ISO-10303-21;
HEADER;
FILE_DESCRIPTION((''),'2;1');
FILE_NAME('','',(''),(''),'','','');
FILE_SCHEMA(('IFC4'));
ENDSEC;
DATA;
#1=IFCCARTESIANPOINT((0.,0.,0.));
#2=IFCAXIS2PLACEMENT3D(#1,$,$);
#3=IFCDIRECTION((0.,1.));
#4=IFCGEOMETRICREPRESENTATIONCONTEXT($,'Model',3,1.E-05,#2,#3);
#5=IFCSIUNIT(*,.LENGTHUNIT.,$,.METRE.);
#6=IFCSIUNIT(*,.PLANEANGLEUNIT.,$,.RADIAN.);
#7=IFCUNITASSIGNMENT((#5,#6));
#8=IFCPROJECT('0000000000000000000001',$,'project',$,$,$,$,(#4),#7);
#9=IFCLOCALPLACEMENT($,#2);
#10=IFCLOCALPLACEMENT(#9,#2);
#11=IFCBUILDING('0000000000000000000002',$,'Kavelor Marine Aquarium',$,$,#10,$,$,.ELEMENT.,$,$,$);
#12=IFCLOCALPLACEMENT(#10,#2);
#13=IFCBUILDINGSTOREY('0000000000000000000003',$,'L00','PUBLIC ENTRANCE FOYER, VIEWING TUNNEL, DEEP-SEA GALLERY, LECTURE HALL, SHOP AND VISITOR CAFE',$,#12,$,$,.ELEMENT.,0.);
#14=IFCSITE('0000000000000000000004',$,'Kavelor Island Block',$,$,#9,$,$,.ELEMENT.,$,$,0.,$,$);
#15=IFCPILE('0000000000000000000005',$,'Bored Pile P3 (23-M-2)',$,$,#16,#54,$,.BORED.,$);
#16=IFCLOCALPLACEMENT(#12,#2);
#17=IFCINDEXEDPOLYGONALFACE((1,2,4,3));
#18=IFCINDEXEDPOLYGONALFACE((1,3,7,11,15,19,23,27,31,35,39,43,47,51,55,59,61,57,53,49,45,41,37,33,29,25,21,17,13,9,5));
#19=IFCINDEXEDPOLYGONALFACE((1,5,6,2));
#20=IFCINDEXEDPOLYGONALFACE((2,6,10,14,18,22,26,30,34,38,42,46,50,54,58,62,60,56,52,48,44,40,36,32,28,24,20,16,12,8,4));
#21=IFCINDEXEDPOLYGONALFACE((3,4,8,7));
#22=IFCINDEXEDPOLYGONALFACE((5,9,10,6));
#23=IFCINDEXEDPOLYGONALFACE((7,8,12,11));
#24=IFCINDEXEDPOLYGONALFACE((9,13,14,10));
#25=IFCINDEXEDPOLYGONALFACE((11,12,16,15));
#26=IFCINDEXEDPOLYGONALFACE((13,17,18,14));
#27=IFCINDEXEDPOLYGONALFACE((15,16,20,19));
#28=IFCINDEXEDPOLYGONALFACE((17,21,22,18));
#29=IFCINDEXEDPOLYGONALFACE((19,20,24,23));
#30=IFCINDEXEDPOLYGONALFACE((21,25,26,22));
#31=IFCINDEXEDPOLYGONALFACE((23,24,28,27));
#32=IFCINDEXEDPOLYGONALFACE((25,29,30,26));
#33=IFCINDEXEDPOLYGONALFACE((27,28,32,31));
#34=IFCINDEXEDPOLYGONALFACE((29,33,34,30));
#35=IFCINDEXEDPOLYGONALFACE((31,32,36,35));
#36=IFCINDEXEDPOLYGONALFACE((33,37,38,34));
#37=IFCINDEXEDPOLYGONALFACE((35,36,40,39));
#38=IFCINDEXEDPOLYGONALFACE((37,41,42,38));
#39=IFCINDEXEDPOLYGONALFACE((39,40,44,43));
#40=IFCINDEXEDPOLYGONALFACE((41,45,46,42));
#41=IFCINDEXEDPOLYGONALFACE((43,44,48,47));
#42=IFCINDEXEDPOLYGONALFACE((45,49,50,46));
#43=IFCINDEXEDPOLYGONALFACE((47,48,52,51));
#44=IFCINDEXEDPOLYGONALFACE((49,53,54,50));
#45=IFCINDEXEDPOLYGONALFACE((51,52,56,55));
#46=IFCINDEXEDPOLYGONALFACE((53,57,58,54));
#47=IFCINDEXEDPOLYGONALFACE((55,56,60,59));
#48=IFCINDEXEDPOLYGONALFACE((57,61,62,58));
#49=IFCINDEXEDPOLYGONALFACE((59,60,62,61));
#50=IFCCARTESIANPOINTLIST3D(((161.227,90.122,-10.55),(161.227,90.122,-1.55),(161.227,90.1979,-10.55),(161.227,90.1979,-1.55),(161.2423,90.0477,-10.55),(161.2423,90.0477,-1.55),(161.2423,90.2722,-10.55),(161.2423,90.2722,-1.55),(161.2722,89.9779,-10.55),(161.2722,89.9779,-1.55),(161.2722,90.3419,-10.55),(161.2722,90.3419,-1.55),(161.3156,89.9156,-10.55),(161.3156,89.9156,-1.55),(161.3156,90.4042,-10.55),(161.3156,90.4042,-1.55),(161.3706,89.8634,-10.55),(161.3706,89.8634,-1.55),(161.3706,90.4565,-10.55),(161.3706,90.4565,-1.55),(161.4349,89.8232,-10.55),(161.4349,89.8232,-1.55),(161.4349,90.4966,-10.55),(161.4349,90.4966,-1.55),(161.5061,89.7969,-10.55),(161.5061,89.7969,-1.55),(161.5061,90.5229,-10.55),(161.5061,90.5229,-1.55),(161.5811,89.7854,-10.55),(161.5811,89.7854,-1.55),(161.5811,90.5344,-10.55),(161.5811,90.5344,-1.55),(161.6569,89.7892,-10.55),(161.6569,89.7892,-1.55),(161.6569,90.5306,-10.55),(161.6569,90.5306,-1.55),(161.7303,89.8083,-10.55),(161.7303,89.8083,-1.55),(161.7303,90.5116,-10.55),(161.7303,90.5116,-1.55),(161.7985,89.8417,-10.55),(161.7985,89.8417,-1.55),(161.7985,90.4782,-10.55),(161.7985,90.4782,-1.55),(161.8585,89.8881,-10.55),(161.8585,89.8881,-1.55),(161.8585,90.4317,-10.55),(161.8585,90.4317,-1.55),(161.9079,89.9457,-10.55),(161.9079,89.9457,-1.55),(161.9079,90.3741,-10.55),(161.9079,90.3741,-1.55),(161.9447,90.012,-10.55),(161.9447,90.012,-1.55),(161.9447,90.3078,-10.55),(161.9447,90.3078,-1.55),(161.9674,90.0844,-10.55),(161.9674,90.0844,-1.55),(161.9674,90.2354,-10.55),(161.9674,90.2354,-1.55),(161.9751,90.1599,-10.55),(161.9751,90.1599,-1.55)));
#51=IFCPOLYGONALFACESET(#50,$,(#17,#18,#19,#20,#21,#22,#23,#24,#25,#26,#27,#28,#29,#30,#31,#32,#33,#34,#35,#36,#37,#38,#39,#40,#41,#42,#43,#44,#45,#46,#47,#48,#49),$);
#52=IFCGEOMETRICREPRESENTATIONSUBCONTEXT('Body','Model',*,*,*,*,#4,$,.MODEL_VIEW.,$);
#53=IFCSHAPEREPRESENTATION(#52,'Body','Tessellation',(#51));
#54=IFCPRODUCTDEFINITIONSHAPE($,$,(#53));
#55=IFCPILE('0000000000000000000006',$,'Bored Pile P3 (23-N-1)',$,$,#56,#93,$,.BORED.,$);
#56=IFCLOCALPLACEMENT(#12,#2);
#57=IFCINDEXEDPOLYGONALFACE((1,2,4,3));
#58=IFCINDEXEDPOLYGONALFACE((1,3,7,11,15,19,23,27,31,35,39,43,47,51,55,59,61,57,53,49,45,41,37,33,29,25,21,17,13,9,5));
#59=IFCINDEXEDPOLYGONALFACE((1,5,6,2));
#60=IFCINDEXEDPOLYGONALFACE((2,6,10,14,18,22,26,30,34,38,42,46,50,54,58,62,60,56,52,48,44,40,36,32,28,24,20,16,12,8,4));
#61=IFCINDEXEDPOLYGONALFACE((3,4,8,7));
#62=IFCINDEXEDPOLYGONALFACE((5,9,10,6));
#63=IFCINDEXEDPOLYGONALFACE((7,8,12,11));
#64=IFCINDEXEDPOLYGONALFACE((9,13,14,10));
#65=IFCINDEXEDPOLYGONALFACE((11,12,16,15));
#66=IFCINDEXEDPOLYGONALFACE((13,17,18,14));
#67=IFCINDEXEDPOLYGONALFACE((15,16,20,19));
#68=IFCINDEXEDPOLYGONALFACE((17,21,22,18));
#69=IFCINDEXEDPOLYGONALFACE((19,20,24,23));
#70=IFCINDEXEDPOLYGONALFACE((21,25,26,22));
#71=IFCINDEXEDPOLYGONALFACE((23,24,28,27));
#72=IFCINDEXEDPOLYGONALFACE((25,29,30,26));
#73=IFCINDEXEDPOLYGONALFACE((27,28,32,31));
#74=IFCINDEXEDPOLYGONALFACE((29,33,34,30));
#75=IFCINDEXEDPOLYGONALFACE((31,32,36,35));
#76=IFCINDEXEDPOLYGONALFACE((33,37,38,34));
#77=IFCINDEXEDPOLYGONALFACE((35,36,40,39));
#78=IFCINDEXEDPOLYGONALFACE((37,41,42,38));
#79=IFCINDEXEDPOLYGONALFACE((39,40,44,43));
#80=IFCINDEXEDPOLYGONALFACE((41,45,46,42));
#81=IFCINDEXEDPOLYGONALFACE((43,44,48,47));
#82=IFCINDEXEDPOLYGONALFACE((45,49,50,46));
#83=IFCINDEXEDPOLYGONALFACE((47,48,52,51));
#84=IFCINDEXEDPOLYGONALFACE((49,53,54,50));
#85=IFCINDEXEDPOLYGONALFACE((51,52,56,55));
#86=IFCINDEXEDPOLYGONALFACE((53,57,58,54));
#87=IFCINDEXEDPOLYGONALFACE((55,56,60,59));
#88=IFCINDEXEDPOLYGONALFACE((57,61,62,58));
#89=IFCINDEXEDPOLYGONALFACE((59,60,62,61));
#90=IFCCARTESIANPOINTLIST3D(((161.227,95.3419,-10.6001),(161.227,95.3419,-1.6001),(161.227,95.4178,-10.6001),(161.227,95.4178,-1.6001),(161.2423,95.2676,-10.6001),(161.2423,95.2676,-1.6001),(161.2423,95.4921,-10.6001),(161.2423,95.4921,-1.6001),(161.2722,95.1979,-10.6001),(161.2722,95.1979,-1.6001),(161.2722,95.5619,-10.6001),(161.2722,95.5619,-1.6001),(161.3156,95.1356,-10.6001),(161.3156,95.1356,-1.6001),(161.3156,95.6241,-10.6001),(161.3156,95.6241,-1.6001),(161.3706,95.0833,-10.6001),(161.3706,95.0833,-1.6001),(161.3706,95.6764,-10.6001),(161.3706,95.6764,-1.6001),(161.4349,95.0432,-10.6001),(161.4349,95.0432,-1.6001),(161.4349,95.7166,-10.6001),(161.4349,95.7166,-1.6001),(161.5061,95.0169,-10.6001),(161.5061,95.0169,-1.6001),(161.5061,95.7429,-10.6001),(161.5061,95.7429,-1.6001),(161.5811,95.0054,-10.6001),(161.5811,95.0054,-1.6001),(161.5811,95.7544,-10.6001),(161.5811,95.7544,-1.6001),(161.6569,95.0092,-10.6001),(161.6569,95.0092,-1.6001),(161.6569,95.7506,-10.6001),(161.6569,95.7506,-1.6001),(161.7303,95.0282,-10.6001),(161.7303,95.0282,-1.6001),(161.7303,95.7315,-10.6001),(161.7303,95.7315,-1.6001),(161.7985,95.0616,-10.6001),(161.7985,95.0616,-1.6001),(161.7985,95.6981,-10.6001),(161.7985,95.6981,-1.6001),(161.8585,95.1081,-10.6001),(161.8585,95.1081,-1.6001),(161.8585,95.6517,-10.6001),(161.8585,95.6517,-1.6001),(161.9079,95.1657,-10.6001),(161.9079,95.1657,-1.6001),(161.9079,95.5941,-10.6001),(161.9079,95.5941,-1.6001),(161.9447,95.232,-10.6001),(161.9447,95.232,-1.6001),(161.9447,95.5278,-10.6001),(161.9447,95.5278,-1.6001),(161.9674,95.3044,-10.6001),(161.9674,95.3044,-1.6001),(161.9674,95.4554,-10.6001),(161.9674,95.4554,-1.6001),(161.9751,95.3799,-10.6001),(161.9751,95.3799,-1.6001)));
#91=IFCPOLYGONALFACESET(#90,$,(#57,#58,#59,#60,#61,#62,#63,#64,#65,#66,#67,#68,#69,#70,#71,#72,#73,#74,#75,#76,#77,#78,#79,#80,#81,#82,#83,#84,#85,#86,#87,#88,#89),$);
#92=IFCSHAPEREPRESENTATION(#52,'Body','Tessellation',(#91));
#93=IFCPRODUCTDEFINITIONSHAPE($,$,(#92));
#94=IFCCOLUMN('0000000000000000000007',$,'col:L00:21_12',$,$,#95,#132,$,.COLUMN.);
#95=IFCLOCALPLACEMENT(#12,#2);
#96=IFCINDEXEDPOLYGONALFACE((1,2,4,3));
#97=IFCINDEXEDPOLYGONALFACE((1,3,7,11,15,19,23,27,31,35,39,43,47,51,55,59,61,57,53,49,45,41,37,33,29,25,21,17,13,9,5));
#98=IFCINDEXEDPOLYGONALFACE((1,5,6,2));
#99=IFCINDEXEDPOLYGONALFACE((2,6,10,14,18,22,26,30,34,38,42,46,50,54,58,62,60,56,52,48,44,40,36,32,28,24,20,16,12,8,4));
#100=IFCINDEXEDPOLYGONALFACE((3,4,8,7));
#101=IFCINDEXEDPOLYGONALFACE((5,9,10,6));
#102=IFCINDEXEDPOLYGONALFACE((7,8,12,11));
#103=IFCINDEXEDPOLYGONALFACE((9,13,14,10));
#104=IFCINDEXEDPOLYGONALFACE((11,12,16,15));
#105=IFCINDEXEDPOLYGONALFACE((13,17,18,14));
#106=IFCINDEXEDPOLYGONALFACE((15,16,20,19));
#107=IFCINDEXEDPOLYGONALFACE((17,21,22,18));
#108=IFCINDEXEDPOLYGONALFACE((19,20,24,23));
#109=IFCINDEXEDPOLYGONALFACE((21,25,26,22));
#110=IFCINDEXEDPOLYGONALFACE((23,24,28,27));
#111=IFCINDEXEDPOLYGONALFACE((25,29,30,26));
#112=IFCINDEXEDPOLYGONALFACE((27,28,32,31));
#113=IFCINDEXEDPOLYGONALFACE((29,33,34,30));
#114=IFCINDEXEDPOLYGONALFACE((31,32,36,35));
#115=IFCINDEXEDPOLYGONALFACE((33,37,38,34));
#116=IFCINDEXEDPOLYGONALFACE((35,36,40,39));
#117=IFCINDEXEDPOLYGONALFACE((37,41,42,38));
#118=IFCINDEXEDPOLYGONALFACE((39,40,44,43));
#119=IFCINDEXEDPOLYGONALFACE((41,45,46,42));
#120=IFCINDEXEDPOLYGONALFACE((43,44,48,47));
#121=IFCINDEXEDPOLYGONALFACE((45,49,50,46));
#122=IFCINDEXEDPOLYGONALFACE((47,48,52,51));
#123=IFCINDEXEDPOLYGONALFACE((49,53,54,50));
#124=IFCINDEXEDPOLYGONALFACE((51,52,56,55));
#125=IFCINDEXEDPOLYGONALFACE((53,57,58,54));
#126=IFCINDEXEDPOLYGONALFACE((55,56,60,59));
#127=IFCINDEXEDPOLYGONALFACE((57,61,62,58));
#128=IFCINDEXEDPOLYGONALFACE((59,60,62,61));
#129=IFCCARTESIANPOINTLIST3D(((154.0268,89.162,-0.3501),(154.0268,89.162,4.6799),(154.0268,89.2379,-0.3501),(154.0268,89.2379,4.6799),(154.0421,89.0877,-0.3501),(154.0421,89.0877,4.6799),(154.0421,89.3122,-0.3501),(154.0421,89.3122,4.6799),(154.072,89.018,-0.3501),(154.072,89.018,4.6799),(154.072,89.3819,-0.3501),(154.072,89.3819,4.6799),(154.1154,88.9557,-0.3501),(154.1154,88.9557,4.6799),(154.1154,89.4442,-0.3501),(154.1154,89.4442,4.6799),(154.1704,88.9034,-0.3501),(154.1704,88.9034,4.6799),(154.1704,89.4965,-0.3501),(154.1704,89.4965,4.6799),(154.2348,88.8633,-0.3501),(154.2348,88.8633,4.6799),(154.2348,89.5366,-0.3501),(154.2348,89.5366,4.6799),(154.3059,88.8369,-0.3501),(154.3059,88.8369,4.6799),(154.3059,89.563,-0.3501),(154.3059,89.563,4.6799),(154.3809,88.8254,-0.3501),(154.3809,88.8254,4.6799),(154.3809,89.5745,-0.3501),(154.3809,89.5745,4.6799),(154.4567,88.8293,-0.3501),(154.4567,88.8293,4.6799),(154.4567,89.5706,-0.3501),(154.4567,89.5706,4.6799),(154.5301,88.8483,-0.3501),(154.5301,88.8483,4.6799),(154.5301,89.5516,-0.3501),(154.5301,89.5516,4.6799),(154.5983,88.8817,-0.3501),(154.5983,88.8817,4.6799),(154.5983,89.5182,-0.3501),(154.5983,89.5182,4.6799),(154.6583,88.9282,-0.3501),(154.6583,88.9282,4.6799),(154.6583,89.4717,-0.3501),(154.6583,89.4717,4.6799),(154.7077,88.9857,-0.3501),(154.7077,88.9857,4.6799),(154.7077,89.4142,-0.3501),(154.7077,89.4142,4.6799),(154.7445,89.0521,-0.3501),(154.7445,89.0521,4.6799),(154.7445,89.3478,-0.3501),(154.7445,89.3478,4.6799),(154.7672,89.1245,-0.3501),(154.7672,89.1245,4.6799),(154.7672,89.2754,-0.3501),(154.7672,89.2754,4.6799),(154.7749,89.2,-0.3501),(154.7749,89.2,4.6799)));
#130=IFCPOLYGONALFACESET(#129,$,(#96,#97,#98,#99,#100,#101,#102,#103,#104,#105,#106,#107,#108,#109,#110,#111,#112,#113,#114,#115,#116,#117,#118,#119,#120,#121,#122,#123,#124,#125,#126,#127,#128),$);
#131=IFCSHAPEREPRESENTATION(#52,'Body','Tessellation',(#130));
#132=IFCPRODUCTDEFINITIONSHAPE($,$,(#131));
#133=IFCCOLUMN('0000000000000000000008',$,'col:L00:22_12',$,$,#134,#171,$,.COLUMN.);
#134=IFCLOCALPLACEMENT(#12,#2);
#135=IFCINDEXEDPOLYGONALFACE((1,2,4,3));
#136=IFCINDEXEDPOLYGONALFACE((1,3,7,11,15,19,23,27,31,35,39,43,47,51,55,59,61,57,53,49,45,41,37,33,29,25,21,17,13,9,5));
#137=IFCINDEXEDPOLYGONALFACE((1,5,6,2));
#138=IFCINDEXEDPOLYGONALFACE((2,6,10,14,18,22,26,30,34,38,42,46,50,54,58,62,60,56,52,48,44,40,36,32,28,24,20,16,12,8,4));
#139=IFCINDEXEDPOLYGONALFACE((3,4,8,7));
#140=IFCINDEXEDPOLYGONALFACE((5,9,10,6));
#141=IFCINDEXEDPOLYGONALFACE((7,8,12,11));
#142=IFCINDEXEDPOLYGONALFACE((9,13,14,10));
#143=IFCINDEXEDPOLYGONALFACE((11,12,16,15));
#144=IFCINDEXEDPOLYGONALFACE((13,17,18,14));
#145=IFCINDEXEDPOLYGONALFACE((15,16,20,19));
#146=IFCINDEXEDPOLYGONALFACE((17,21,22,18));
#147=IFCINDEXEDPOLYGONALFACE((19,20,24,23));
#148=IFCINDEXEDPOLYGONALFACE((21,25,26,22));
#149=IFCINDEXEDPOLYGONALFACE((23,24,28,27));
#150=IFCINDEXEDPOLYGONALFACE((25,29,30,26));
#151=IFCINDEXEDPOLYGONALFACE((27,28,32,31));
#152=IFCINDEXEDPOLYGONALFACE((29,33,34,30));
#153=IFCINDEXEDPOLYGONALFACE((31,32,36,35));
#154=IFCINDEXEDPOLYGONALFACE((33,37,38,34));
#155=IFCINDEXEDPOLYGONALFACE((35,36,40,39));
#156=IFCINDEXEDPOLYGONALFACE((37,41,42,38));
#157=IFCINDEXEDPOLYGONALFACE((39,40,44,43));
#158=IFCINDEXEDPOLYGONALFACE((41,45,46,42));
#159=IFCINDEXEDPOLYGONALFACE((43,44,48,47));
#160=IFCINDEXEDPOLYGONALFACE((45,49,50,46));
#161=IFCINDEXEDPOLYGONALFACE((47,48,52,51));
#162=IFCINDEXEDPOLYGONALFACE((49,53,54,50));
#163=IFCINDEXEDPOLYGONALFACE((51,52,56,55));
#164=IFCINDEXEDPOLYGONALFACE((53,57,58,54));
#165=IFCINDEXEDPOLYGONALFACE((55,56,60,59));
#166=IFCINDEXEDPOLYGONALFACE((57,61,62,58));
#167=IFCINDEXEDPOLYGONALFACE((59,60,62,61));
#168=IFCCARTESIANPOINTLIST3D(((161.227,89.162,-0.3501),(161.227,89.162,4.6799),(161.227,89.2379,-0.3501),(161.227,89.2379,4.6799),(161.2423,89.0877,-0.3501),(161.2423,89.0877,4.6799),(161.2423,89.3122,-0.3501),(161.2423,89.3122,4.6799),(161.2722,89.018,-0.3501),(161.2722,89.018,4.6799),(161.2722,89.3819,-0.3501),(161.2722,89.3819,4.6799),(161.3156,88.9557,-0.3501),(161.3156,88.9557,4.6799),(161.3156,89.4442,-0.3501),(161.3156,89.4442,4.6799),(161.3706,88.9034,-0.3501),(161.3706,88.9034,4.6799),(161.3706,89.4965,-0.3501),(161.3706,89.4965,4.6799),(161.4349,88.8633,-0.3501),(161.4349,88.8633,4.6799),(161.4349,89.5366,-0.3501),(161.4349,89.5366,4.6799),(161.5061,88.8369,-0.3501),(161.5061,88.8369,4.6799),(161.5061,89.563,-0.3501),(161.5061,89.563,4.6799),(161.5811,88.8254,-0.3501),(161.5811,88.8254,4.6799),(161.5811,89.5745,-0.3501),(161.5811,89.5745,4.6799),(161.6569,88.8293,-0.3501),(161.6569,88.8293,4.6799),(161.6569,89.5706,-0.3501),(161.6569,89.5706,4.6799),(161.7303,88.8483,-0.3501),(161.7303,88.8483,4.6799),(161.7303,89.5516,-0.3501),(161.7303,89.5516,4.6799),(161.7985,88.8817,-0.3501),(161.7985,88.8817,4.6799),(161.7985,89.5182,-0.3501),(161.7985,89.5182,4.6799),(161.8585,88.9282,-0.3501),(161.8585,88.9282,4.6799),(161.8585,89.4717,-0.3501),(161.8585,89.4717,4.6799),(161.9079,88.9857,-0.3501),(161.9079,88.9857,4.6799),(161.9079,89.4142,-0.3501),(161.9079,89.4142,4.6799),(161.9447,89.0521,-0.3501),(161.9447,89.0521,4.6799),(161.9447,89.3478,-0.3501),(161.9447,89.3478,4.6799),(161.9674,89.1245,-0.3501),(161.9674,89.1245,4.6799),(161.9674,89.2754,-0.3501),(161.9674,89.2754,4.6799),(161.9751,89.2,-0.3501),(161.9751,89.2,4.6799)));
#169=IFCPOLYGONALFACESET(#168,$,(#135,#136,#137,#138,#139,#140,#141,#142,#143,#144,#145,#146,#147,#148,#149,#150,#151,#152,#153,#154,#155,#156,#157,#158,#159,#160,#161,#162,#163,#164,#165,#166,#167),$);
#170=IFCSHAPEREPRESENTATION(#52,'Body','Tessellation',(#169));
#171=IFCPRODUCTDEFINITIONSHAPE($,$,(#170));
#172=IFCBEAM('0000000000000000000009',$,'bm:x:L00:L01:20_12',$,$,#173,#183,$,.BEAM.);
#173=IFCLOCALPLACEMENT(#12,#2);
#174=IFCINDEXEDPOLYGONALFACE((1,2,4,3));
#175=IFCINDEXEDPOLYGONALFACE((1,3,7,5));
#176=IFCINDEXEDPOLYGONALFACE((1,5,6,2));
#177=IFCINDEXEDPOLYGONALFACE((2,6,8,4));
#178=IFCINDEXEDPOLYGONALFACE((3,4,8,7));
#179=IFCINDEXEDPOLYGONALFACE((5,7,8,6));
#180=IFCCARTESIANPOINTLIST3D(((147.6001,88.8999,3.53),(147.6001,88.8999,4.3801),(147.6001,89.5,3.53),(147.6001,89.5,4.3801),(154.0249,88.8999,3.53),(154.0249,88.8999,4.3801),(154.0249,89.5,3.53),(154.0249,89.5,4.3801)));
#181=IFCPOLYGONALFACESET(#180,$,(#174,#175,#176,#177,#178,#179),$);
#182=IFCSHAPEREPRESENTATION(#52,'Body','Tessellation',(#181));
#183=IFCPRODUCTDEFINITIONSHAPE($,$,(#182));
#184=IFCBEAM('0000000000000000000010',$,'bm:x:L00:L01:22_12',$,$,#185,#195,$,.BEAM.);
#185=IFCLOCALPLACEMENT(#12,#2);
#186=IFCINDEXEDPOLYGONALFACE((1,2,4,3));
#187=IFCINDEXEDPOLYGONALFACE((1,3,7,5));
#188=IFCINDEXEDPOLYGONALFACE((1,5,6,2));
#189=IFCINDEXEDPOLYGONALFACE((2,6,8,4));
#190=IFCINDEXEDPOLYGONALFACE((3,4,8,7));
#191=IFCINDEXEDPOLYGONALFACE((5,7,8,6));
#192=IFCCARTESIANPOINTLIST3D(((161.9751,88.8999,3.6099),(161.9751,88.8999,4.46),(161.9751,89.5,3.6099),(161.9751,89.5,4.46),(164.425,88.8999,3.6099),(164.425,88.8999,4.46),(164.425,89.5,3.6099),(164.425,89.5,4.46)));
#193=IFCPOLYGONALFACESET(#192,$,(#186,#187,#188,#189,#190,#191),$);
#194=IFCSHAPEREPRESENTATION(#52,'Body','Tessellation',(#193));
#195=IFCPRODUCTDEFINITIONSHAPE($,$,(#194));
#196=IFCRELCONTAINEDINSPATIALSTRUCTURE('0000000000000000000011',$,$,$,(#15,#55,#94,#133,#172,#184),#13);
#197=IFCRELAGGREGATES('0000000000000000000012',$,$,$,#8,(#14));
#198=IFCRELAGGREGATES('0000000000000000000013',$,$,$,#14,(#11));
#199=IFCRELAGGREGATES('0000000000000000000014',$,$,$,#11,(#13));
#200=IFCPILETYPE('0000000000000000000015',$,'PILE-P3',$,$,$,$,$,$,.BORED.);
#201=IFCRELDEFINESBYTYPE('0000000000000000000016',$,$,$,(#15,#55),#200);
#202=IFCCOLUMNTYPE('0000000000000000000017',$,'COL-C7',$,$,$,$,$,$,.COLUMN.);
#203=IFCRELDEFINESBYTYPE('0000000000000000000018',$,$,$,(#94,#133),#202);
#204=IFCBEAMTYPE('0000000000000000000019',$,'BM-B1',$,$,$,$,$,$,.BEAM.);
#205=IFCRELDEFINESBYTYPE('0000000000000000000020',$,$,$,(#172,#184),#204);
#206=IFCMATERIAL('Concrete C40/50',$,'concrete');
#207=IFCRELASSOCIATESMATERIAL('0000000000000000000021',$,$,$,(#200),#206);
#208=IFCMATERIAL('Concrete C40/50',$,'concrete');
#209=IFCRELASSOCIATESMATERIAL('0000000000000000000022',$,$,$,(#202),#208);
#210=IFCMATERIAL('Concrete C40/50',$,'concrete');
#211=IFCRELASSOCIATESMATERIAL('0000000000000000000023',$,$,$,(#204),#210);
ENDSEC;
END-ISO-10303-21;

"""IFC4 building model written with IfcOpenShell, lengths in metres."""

from ifc_helpers import new_model, si_unit, direction, frame, origin, origin_2d, place, context, subcontext, project, spatial, rectangle, circle, extrude, material, material_profile, profile_set, type_object, element, save


model = new_model("IFC4")

# Units and contexts
model_context = context("Model", 3, precision=1e-05, world=origin(), true_north=direction((0.0, 1.0)))
body_context = subcontext(model_context, "Body", "Model", "MODEL_VIEW")
ifc_project = project(units=[si_unit("LENGTHUNIT", "METRE"), si_unit("PLANEANGLEUNIT", "RADIAN")], contexts=[model_context])

# Site, building, storey
site_placement = place(None, origin())
site = spatial("IfcSite", under=ifc_project, at=site_placement, Name="Kavelor Island Block", CompositionType="ELEMENT", RefElevation=0.0)
building_placement = place(site_placement, origin())
building = spatial("IfcBuilding", under=site, at=building_placement, Name="Kavelor Marine Aquarium", CompositionType="ELEMENT")
storey_placement = place(building_placement, origin())
storey = spatial("IfcBuildingStorey", under=building, at=storey_placement, Name="L00", Description="PUBLIC ENTRANCE FOYER, VIEWING TUNNEL, DEEP-SEA GALLERY, LECTURE HALL, SHOP AND VISITOR CAFE", CompositionType="ELEMENT", Elevation=0.0)

# Piles
ifc_material_1 = material(Name="Concrete C40/50", Category="concrete")
ifc_material_profile_1 = material_profile(ifc_material_1, circle(Radius=0.375, at=origin_2d()), Name="PILE D750")
ifc_profile_set_1 = profile_set([ifc_material_profile_1], Name="Concrete C40/50")
pile_type_1 = type_object("IfcPileType", Name="PILE-P3", PredefinedType="BORED", material=ifc_profile_set_1)
for number, where, z_axis, x_axis, name in (
    (1, (161.6001, 90.1599, -1.55), (0.0, 0.0, -1.0), (1.0, 0.0, 0.0), "Bored Pile P3 (23-M-2)"),
    (2, (161.6001, 95.3799, -1.6001), (0.0, 0.0, -1.0), (1.0, 0.0, 0.0), "Bored Pile P3 (23-N-1)"),
):
    element("IfcPile", number, at=place(storey_placement, frame(where, z_axis=z_axis, x_axis=x_axis)), inside=storey, type_object=pile_type_1, Name=name, PredefinedType="BORED", context=body_context, shape_type="SweptSolid", body=[
        extrude(circle(Radius=0.375, at=origin_2d()), origin(), (0.0, 0.0, 1.0), 9.0),
    ])

# Columns
ifc_material_2 = material(Name="Concrete C40/50", Category="concrete")
ifc_material_profile_2 = material_profile(ifc_material_2, circle(Radius=0.375, at=origin_2d()), Name="RC-COL D750")
ifc_profile_set_2 = profile_set([ifc_material_profile_2], Name="Concrete C40/50")
column_type = type_object("IfcColumnType", Name="COL-C7", PredefinedType="COLUMN", material=ifc_profile_set_2)
for number, where, z_axis, x_axis, name in (
    (3, (154.3999, 89.2, -0.3501), (0.0, 0.0, 1.0), (1.0, 0.0, 0.0), "col:L00:21_12"),
    (4, (161.6001, 89.2, -0.3501), (0.0, 0.0, 1.0), (1.0, 0.0, 0.0), "col:L00:22_12"),
):
    element("IfcColumn", number, at=place(storey_placement, frame(where, z_axis=z_axis, x_axis=x_axis)), inside=storey, type_object=column_type, Name=name, PredefinedType="COLUMN", context=body_context, shape_type="SweptSolid", body=[
        extrude(circle(Radius=0.375, at=origin_2d()), origin(), (0.0, 0.0, 1.0), 5.03),
    ])

# Beams
ifc_material_3 = material(Name="Concrete C40/50", Category="concrete")
ifc_material_profile_3 = material_profile(ifc_material_3, rectangle(XDim=0.6001, YDim=0.8501, at=origin_2d()), Name="RC-BM 600x850")
ifc_profile_set_3 = profile_set([ifc_material_profile_3], Name="Concrete C40/50")
beam_type_1 = type_object("IfcBeamType", Name="BM-B1", PredefinedType="BEAM", material=ifc_profile_set_3)
beam_1_placement = place(storey_placement, frame((147.6001, 89.2, 3.9551), z_axis=(1.0, 0.0, 0.0), x_axis=(0.0, 1.0, 0.0)))
element("IfcBeam", 5, at=beam_1_placement, inside=storey, type_object=beam_type_1, Name="bm:x:L00:L01:20_12", PredefinedType="BEAM", context=body_context, shape_type="SweptSolid", body=[
    extrude(rectangle(XDim=0.6001, YDim=0.8501, at=origin_2d()), origin(), (0.0, 0.0, 1.0), 6.4248),
])
beam_2_placement = place(storey_placement, frame((161.9751, 89.2, 4.0349), z_axis=(1.0, 0.0, 0.0), x_axis=(0.0, 1.0, 0.0)))
element("IfcBeam", 6, at=beam_2_placement, inside=storey, type_object=beam_type_1, Name="bm:x:L00:L01:22_12", PredefinedType="BEAM", context=body_context, shape_type="SweptSolid", body=[
    extrude(rectangle(XDim=0.6001, YDim=0.8501, at=origin_2d()), origin(), (0.0, 0.0, 1.0), 2.45),
])

save(model, "model.ifc")
